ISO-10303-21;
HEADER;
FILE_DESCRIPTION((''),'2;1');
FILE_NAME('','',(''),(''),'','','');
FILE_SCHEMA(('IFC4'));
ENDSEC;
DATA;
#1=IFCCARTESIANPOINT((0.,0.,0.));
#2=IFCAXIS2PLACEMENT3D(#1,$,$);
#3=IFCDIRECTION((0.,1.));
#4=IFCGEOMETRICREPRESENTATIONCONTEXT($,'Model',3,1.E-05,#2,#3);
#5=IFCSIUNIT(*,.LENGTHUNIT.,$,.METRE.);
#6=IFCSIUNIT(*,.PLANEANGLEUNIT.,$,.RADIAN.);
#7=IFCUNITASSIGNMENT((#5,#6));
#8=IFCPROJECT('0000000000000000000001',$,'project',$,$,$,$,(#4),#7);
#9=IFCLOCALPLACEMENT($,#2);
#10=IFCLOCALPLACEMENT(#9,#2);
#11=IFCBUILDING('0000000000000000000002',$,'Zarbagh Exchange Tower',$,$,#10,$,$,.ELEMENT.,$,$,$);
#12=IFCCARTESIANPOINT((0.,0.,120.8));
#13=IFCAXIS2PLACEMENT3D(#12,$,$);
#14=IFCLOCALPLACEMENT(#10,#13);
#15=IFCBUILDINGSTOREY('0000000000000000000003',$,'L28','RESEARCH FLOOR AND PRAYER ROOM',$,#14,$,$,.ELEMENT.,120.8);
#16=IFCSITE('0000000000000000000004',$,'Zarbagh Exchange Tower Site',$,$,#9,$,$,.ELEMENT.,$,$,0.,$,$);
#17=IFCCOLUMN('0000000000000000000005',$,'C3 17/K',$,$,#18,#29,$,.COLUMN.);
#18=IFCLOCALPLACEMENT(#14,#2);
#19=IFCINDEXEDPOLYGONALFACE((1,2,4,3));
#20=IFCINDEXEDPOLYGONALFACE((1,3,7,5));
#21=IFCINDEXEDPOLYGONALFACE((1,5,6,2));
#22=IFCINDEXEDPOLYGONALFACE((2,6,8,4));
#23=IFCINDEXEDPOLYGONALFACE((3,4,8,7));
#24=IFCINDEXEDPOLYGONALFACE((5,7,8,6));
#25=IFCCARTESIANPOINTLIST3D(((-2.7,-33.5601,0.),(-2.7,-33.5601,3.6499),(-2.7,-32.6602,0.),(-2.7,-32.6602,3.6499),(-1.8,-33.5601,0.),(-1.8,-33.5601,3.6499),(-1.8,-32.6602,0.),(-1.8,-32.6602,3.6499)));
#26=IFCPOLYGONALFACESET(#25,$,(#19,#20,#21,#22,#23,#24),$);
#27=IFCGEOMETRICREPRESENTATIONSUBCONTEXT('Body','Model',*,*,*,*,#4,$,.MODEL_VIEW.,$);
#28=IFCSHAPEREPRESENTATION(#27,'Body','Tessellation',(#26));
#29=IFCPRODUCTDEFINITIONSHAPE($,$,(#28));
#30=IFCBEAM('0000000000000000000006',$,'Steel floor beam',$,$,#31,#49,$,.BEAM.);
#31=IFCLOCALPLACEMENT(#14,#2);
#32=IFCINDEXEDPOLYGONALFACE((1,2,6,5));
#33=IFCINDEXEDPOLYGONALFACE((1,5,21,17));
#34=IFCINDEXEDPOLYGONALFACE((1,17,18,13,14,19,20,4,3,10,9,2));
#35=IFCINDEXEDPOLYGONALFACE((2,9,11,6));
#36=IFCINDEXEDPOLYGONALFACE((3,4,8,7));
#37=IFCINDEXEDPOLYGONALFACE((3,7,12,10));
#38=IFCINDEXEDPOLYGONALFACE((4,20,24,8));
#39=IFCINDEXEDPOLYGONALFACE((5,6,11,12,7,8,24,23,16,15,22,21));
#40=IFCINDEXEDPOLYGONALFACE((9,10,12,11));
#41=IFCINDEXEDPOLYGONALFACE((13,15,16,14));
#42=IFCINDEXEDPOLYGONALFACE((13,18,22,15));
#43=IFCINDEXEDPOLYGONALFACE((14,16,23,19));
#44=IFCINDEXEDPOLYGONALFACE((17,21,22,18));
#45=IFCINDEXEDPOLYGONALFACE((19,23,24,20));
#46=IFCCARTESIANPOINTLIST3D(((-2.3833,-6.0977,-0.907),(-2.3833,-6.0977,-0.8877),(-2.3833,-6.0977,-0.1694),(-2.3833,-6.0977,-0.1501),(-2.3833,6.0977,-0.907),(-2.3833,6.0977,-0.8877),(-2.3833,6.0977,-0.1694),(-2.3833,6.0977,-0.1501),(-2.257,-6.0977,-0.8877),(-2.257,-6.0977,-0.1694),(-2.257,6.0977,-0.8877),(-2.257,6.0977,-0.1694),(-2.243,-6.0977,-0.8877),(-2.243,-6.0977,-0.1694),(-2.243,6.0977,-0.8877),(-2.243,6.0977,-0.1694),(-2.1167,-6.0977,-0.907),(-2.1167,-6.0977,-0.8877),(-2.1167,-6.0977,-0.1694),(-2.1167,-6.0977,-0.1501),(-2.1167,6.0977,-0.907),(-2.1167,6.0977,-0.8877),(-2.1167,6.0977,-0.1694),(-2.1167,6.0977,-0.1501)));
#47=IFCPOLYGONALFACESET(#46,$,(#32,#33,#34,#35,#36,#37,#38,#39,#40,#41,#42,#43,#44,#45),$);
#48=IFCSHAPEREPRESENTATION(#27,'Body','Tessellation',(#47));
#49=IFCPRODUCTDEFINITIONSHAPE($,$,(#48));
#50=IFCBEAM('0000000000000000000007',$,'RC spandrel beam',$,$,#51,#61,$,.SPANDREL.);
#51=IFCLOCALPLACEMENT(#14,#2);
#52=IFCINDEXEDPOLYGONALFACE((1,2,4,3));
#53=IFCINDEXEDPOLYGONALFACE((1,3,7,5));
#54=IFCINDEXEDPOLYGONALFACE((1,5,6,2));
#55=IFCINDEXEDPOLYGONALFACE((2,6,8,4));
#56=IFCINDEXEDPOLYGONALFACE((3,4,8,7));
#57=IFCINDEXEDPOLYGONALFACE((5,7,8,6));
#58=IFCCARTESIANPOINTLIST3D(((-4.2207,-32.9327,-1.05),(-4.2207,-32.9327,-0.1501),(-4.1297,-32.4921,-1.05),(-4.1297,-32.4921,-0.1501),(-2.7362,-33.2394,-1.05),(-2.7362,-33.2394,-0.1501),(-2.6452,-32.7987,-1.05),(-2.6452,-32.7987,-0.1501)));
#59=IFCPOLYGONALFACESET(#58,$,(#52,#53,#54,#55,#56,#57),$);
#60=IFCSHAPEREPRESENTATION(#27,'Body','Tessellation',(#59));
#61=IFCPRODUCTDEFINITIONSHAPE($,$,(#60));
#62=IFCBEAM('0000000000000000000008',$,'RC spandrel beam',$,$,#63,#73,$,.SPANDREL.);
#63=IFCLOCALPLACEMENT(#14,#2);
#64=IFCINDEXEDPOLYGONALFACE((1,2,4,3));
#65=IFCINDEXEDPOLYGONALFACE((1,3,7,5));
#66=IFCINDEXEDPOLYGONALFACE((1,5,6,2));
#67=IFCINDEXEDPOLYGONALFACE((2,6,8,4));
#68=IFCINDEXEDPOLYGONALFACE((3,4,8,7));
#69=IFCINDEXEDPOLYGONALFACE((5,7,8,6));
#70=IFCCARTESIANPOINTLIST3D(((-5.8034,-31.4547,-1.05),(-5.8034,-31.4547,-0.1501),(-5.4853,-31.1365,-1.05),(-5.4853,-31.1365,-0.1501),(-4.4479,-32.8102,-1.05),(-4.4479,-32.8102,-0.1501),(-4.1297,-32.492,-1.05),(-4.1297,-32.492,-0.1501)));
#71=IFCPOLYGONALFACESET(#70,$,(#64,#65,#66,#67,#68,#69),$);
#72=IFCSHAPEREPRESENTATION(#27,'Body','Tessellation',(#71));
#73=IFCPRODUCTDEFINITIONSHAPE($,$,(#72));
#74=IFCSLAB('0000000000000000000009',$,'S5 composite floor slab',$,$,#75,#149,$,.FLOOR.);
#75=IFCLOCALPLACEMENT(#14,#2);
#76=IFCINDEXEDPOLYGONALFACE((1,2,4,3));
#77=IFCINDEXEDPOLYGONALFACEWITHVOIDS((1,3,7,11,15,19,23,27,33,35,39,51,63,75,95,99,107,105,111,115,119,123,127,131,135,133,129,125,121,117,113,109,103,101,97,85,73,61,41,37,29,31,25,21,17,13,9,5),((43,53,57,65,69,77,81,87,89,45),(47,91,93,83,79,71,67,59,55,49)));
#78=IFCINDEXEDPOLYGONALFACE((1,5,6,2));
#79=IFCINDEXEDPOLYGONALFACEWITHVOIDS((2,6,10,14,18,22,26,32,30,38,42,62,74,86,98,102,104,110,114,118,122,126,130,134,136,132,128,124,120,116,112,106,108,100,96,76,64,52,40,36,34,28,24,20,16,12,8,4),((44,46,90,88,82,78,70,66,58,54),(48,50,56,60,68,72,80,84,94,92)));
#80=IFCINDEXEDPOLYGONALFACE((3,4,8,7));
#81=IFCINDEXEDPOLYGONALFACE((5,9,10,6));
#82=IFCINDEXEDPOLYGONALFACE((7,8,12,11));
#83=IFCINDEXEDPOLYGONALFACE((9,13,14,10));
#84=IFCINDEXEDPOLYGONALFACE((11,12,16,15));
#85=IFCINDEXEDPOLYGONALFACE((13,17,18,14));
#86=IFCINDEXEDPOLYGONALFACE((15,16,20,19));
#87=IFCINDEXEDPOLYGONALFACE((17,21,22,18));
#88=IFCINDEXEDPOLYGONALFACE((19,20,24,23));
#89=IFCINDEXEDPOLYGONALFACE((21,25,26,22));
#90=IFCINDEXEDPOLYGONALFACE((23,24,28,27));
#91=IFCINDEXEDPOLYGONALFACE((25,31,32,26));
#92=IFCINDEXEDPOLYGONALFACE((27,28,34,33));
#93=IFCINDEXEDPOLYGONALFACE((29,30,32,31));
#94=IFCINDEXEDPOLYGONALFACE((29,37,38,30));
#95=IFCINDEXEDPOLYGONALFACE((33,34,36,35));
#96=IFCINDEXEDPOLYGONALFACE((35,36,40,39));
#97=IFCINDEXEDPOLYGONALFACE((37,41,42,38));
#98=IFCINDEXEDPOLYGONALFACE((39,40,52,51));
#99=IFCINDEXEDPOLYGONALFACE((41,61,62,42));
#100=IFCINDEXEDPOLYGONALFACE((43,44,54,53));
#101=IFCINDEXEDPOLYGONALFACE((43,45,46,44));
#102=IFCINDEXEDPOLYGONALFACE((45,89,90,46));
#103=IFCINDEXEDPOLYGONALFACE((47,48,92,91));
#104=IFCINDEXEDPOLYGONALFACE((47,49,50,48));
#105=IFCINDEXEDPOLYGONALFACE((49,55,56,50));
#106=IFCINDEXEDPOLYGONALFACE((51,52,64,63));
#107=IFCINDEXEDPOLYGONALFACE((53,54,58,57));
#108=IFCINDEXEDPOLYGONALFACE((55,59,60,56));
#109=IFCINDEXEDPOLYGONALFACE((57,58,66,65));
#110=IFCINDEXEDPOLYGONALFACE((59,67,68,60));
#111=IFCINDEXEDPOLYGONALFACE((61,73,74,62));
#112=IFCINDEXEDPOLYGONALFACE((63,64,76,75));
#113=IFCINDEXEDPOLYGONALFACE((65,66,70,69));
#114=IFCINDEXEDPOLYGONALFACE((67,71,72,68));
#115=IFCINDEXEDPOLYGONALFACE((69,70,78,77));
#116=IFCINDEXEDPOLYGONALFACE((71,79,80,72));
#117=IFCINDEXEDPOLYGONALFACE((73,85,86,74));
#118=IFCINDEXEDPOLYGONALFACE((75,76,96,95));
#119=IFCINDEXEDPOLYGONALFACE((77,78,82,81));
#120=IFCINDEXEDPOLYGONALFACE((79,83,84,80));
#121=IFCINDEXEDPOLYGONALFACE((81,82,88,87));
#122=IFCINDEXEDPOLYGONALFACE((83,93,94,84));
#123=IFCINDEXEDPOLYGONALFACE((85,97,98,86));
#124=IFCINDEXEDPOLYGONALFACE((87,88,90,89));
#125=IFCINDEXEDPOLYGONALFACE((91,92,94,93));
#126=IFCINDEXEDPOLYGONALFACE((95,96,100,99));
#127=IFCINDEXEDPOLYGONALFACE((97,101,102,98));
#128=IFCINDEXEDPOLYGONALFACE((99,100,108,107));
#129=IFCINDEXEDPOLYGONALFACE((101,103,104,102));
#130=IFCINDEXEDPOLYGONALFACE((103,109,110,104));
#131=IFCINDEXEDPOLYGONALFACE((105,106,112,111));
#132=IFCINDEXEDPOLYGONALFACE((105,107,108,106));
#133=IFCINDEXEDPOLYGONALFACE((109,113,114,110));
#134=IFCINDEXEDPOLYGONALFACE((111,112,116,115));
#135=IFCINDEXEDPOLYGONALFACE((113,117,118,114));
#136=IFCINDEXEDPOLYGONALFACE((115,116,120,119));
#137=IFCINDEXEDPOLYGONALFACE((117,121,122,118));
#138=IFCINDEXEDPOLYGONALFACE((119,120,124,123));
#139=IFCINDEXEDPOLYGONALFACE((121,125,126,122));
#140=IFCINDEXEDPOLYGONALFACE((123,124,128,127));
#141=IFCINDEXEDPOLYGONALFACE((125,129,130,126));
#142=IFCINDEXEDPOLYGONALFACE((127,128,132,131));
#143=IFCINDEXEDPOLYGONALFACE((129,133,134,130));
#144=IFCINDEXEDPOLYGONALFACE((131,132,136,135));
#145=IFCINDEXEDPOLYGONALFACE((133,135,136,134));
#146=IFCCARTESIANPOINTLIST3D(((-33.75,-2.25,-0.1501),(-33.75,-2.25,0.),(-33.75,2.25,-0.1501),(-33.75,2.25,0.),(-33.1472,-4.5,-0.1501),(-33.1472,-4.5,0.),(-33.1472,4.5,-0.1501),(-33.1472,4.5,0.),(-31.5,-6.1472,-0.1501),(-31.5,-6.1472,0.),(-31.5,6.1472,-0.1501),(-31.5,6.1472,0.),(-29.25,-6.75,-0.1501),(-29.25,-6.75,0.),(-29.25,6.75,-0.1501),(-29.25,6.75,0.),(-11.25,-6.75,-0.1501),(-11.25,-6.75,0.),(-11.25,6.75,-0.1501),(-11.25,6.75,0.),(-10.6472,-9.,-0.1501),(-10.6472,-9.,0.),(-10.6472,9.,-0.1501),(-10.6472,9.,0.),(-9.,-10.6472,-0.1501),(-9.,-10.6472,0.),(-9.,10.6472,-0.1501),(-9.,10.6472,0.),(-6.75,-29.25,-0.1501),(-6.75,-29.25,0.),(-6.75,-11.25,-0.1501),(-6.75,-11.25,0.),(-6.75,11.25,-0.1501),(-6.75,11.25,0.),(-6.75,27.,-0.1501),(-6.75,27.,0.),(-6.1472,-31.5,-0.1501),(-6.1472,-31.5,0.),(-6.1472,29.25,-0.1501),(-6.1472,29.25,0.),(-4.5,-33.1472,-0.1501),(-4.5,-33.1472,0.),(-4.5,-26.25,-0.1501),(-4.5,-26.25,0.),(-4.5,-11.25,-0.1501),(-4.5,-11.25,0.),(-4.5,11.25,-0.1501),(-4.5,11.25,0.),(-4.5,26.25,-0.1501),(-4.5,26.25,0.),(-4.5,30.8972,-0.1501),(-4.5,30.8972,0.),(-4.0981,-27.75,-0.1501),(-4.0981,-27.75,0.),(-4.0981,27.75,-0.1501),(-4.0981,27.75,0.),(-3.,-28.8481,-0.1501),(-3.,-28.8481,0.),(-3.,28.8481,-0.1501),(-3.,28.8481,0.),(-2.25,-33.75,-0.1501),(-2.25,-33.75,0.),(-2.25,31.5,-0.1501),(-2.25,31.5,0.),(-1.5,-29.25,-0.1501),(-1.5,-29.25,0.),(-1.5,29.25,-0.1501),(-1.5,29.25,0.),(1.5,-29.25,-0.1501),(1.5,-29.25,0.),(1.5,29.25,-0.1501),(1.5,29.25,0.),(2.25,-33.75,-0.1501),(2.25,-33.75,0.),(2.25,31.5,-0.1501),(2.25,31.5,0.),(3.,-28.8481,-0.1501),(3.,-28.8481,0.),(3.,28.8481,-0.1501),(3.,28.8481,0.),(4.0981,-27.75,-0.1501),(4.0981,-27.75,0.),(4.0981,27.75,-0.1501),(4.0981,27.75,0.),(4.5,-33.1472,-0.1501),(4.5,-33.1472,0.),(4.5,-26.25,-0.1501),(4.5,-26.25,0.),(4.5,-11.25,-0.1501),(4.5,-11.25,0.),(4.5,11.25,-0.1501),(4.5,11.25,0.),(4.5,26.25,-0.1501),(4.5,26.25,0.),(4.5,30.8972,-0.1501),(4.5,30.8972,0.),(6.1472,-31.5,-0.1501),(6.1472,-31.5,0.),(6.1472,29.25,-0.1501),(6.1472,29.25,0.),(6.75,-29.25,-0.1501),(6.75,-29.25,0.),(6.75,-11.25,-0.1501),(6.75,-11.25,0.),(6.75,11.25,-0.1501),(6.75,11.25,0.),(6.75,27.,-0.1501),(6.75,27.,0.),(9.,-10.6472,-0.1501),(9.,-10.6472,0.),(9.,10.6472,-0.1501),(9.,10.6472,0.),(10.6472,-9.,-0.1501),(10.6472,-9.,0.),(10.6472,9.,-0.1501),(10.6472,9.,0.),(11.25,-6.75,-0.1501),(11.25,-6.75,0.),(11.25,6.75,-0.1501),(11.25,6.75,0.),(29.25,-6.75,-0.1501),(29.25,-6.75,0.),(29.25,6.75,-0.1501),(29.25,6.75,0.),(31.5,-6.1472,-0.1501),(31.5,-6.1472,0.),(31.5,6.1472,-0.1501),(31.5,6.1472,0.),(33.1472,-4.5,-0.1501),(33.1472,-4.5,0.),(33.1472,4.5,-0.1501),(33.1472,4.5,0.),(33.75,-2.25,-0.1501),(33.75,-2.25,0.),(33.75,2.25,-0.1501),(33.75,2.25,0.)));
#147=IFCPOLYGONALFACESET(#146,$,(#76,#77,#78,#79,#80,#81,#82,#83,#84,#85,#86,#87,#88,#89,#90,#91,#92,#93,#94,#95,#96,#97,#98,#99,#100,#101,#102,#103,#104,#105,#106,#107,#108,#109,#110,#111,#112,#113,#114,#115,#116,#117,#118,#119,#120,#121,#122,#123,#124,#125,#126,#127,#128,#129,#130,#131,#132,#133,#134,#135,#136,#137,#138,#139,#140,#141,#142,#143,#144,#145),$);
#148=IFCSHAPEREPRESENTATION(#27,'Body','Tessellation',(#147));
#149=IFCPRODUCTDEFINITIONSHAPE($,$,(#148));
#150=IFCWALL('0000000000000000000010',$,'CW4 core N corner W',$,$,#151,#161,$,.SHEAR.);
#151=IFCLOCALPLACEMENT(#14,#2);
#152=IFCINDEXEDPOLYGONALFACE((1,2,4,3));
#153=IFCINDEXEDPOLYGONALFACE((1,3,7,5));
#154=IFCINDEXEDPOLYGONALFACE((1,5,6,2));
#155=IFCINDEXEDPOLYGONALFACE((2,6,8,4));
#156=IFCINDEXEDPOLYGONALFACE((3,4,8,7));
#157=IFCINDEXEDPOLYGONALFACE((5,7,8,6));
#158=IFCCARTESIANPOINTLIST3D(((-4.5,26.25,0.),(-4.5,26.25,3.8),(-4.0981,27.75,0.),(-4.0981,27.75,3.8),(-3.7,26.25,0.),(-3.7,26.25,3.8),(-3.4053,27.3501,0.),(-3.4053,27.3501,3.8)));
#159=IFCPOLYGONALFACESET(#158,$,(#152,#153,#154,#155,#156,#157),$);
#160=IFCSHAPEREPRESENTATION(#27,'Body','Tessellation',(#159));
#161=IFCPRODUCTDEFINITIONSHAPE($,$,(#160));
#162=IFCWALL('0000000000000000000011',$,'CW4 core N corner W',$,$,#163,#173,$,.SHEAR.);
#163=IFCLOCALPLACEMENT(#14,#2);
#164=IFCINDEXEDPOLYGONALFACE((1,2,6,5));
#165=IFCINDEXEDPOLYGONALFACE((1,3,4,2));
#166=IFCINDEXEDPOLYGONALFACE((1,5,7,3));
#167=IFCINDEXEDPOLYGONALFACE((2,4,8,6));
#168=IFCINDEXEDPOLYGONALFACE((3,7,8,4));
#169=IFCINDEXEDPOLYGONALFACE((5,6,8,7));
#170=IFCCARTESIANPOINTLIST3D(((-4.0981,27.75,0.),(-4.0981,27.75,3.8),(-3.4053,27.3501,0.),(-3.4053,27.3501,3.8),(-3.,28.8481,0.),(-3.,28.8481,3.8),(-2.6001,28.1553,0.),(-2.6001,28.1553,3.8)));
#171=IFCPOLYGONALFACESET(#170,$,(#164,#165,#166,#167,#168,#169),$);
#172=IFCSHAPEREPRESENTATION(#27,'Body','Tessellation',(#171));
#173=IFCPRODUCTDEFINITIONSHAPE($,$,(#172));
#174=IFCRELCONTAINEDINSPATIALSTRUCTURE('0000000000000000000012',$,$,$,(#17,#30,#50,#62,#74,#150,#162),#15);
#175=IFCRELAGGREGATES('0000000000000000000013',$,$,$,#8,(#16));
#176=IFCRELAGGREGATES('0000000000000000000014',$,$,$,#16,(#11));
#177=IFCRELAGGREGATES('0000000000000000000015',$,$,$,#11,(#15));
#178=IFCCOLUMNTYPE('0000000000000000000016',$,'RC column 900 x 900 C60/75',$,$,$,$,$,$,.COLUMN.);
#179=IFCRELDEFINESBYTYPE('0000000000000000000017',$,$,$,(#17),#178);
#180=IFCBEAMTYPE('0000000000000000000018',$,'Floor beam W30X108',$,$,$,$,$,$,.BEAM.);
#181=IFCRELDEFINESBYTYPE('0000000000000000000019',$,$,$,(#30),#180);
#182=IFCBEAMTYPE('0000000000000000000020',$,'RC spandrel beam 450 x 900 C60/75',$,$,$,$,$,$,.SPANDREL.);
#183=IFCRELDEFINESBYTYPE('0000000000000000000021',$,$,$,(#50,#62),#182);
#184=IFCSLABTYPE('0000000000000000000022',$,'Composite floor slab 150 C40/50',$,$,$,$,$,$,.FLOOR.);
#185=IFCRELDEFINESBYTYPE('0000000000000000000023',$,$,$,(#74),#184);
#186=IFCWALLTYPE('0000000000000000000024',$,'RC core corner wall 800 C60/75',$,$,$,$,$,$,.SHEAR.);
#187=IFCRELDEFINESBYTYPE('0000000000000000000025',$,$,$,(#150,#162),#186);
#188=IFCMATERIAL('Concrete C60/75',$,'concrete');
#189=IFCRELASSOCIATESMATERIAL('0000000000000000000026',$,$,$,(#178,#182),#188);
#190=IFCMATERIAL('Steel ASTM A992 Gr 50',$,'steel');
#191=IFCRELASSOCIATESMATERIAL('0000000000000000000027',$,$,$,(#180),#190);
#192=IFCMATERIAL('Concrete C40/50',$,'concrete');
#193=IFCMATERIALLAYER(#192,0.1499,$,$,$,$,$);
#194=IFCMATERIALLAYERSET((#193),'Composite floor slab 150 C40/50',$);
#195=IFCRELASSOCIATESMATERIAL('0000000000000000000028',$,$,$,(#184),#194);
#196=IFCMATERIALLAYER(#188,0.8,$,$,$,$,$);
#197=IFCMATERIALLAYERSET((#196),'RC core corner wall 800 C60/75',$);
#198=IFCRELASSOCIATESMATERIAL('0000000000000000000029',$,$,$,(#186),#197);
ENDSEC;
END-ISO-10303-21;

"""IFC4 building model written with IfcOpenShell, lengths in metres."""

from ifc_helpers import new_model, si_unit, direction, frame, origin, origin_2d, place, context, subcontext, project, spatial, polyline, rectangle, i_section, outline, extrude, material, layer, layer_set, material_profile, profile_set, type_object, element, save


model = new_model("IFC4")

# Units and contexts
model_context = context("Model", 3, precision=1e-05, world=origin(), true_north=direction((0.0, 1.0)))
body_context = subcontext(model_context, "Body", "Model", "MODEL_VIEW")
ifc_project = project(units=[si_unit("LENGTHUNIT", "METRE"), si_unit("PLANEANGLEUNIT", "RADIAN")], contexts=[model_context])

# Site, building, storey
site_placement = place(None, origin())
site = spatial("IfcSite", under=ifc_project, at=site_placement, Name="Zarbagh Exchange Tower Site", CompositionType="ELEMENT", RefElevation=0.0)
building_placement = place(site_placement, origin())
building = spatial("IfcBuilding", under=site, at=building_placement, Name="Zarbagh Exchange Tower", CompositionType="ELEMENT")
storey_placement = place(building_placement, frame((0.0, 0.0, 120.8)))
storey = spatial("IfcBuildingStorey", under=building, at=storey_placement, Name="L28", Description="RESEARCH FLOOR AND PRAYER ROOM", CompositionType="ELEMENT", Elevation=120.8)

# Column
ifc_material_1 = material(Name="Concrete C60/75", Category="concrete")
ifc_material_profile_1 = material_profile(ifc_material_1, rectangle(XDim=0.8999, YDim=0.8999, at=origin_2d()), Name="RC column 900 x 900 C60/75")
ifc_profile_set_1 = profile_set([ifc_material_profile_1], Name="Concrete C60/75")
column_type = type_object("IfcColumnType", Name="RC column 900 x 900 C60/75", PredefinedType="COLUMN", material=ifc_profile_set_1)
column_placement = place(storey_placement, frame((-2.25, -33.1101, 0.0), z_axis=(0.0, 0.0, 1.0), x_axis=(1.0, 0.0, 0.0)))
element("IfcColumn", 1, at=column_placement, inside=storey, type_object=column_type, Name="C3 17/K", PredefinedType="COLUMN", context=body_context, shape_type="SweptSolid", body=[
    extrude(rectangle(XDim=0.8999, YDim=0.8999, at=origin_2d()), origin(), (0.0, 0.0, 1.0), 3.6499),
])

# Beams
ifc_material_2 = material(Name="Steel ASTM A992 Gr 50", Category="steel")
ifc_material_profile_2 = material_profile(ifc_material_2, i_section(OverallWidth=0.2666, OverallDepth=0.7568, WebThickness=0.0139, FlangeThickness=0.0193, at=origin_2d()), Name="W30X108")
ifc_profile_set_2 = profile_set([ifc_material_profile_2], Name="Steel ASTM A992 Gr 50")
beam_type_1 = type_object("IfcBeamType", Name="Floor beam W30X108", PredefinedType="BEAM", material=ifc_profile_set_2)
beam_1_placement = place(storey_placement, frame((-2.25, -6.0977, -0.5286), z_axis=(0.0, 1.0, 0.0), x_axis=(-1.0, 0.0, 0.0)))
element("IfcBeam", 2, at=beam_1_placement, inside=storey, type_object=beam_type_1, Name="Steel floor beam", PredefinedType="BEAM", context=body_context, shape_type="SweptSolid", body=[
    extrude(i_section(OverallWidth=0.2666, OverallDepth=0.7568, WebThickness=0.0139, FlangeThickness=0.0193, at=origin_2d()), origin(), (0.0, 0.0, 1.0), 12.1953),
])
ifc_material_profile_3 = material_profile(ifc_material_1, rectangle(XDim=0.45, YDim=0.8999, at=origin_2d()), Name="RC spandrel beam 450 x 900 C60/75")
ifc_profile_set_3 = profile_set([ifc_material_profile_3], Name="Concrete C60/75")
beam_type_2 = type_object("IfcBeamType", Name="RC spandrel beam 450 x 900 C60/75", PredefinedType="SPANDREL", material=ifc_profile_set_3)
beam_2_placement = place(storey_placement, frame((-2.6907, -33.019, -0.6001), z_axis=(-0.979329, 0.202275, 0.0), x_axis=(-0.202275, -0.979329, 0.0)))
element("IfcBeam", 3, at=beam_2_placement, inside=storey, type_object=beam_type_2, Name="RC spandrel beam", PredefinedType="SPANDREL", context=body_context, shape_type="SweptSolid", body=[
    extrude(rectangle(XDim=0.45, YDim=0.8999, at=origin_2d()), origin(), (0.0, 0.0, 1.0), 1.5159),
])
beam_3_placement = place(storey_placement, frame((-4.2888, -32.6511, -0.6001), z_axis=(-0.707107, 0.707107, 0.0), x_axis=(-0.707107, -0.707107, 0.0)))
element("IfcBeam", 4, at=beam_3_placement, inside=storey, type_object=beam_type_2, Name="RC spandrel beam", PredefinedType="SPANDREL", context=body_context, shape_type="SweptSolid", body=[
    extrude(rectangle(XDim=0.45, YDim=0.8999, at=origin_2d()), origin(), (0.0, 0.0, 1.0), 1.917),
])

# Slab
ifc_material_3 = material(Name="Concrete C40/50", Category="concrete")
ifc_layer_1 = layer(ifc_material_3, 0.1499)
ifc_layer_set_1 = layer_set([ifc_layer_1], Name="Composite floor slab 150 C40/50")
slab_type = type_object("IfcSlabType", Name="Composite floor slab 150 C40/50", PredefinedType="FLOOR", material=ifc_layer_set_1)
slab_placement = place(storey_placement, frame((0.0, 0.0, -0.1501)))
element("IfcSlab", 5, at=slab_placement, inside=storey, type_object=slab_type, Name="S5 composite floor slab", PredefinedType="FLOOR", context=body_context, shape_type="SweptSolid", body=[
    extrude(outline(polyline([(-2.25, -33.75), (-4.5, -33.1472), (-6.1472, -31.5), (-6.75, -29.25), (-6.75, -11.25), (-9.0, -10.6472), (-10.6472, -9.0), (-11.25, -6.75), (-29.25, -6.75), (-31.5, -6.1472), (-33.1472, -4.5), (-33.75, -2.25), (-33.75, 2.25), (-33.1472, 4.5), (-31.5, 6.1472), (-29.25, 6.75), (-11.25, 6.75), (-10.6472, 9.0), (-9.0, 10.6472), (-6.75, 11.25), (-6.75, 27.0), (-6.1472, 29.25), (-4.5, 30.8972), (-2.25, 31.5), (2.25, 31.5), (4.5, 30.8972), (6.1472, 29.25), (6.75, 27.0), (6.75, 11.25), (9.0, 10.6472), (10.6472, 9.0), (11.25, 6.75), (29.25, 6.75), (31.5, 6.1472), (33.1472, 4.5), (33.75, 2.25), (33.75, -2.25), (33.1472, -4.5), (31.5, -6.1472), (29.25, -6.75), (11.25, -6.75), (10.6472, -9.0), (9.0, -10.6472), (6.75, -11.25), (6.75, -29.25), (6.1472, -31.5), (4.5, -33.1472), (2.25, -33.75), (-2.25, -33.75)]), holes=[polyline([(4.5, 11.25), (4.5, 26.25), (4.0981, 27.75), (3.0, 28.8481), (1.5, 29.25), (-1.5, 29.25), (-3.0, 28.8481), (-4.0981, 27.75), (-4.5, 26.25), (-4.5, 11.25), (4.5, 11.25)]), polyline([(-1.5, -29.25), (1.5, -29.25), (3.0, -28.8481), (4.0981, -27.75), (4.5, -26.25), (4.5, -11.25), (-4.5, -11.25), (-4.5, -26.25), (-4.0981, -27.75), (-3.0, -28.8481), (-1.5, -29.25)])]), origin(), (0.0, 0.0, 1.0), 0.1501),
])

# Walls
ifc_layer_2 = layer(ifc_material_1, 0.8)
ifc_layer_set_2 = layer_set([ifc_layer_2], Name="RC core corner wall 800 C60/75")
wall_type_1 = type_object("IfcWallType", Name="RC core corner wall 800 C60/75", PredefinedType="SHEAR", material=ifc_layer_set_2)
wall_1_placement = place(storey_placement, origin())
element("IfcWall", 6, at=wall_1_placement, inside=storey, type_object=wall_type_1, Name="CW4 core N corner W", PredefinedType="SHEAR", context=body_context, shape_type="SweptSolid", body=[
    extrude(outline(polyline([(-4.5, 26.25), (-4.0981, 27.75), (-3.4053, 27.3501), (-3.7, 26.25), (-4.5, 26.25)])), origin(), (0.0, 0.0, 1.0), 3.8),
])
wall_2_placement = place(storey_placement, origin())
element("IfcWall", 7, at=wall_2_placement, inside=storey, type_object=wall_type_1, Name="CW4 core N corner W", PredefinedType="SHEAR", context=body_context, shape_type="SweptSolid", body=[
    extrude(outline(polyline([(-4.0981, 27.75), (-3.0, 28.8481), (-2.6001, 28.1553), (-3.4053, 27.3501), (-4.0981, 27.75)])), origin(), (0.0, 0.0, 1.0), 3.8),
])

save(model, "model.ifc")
